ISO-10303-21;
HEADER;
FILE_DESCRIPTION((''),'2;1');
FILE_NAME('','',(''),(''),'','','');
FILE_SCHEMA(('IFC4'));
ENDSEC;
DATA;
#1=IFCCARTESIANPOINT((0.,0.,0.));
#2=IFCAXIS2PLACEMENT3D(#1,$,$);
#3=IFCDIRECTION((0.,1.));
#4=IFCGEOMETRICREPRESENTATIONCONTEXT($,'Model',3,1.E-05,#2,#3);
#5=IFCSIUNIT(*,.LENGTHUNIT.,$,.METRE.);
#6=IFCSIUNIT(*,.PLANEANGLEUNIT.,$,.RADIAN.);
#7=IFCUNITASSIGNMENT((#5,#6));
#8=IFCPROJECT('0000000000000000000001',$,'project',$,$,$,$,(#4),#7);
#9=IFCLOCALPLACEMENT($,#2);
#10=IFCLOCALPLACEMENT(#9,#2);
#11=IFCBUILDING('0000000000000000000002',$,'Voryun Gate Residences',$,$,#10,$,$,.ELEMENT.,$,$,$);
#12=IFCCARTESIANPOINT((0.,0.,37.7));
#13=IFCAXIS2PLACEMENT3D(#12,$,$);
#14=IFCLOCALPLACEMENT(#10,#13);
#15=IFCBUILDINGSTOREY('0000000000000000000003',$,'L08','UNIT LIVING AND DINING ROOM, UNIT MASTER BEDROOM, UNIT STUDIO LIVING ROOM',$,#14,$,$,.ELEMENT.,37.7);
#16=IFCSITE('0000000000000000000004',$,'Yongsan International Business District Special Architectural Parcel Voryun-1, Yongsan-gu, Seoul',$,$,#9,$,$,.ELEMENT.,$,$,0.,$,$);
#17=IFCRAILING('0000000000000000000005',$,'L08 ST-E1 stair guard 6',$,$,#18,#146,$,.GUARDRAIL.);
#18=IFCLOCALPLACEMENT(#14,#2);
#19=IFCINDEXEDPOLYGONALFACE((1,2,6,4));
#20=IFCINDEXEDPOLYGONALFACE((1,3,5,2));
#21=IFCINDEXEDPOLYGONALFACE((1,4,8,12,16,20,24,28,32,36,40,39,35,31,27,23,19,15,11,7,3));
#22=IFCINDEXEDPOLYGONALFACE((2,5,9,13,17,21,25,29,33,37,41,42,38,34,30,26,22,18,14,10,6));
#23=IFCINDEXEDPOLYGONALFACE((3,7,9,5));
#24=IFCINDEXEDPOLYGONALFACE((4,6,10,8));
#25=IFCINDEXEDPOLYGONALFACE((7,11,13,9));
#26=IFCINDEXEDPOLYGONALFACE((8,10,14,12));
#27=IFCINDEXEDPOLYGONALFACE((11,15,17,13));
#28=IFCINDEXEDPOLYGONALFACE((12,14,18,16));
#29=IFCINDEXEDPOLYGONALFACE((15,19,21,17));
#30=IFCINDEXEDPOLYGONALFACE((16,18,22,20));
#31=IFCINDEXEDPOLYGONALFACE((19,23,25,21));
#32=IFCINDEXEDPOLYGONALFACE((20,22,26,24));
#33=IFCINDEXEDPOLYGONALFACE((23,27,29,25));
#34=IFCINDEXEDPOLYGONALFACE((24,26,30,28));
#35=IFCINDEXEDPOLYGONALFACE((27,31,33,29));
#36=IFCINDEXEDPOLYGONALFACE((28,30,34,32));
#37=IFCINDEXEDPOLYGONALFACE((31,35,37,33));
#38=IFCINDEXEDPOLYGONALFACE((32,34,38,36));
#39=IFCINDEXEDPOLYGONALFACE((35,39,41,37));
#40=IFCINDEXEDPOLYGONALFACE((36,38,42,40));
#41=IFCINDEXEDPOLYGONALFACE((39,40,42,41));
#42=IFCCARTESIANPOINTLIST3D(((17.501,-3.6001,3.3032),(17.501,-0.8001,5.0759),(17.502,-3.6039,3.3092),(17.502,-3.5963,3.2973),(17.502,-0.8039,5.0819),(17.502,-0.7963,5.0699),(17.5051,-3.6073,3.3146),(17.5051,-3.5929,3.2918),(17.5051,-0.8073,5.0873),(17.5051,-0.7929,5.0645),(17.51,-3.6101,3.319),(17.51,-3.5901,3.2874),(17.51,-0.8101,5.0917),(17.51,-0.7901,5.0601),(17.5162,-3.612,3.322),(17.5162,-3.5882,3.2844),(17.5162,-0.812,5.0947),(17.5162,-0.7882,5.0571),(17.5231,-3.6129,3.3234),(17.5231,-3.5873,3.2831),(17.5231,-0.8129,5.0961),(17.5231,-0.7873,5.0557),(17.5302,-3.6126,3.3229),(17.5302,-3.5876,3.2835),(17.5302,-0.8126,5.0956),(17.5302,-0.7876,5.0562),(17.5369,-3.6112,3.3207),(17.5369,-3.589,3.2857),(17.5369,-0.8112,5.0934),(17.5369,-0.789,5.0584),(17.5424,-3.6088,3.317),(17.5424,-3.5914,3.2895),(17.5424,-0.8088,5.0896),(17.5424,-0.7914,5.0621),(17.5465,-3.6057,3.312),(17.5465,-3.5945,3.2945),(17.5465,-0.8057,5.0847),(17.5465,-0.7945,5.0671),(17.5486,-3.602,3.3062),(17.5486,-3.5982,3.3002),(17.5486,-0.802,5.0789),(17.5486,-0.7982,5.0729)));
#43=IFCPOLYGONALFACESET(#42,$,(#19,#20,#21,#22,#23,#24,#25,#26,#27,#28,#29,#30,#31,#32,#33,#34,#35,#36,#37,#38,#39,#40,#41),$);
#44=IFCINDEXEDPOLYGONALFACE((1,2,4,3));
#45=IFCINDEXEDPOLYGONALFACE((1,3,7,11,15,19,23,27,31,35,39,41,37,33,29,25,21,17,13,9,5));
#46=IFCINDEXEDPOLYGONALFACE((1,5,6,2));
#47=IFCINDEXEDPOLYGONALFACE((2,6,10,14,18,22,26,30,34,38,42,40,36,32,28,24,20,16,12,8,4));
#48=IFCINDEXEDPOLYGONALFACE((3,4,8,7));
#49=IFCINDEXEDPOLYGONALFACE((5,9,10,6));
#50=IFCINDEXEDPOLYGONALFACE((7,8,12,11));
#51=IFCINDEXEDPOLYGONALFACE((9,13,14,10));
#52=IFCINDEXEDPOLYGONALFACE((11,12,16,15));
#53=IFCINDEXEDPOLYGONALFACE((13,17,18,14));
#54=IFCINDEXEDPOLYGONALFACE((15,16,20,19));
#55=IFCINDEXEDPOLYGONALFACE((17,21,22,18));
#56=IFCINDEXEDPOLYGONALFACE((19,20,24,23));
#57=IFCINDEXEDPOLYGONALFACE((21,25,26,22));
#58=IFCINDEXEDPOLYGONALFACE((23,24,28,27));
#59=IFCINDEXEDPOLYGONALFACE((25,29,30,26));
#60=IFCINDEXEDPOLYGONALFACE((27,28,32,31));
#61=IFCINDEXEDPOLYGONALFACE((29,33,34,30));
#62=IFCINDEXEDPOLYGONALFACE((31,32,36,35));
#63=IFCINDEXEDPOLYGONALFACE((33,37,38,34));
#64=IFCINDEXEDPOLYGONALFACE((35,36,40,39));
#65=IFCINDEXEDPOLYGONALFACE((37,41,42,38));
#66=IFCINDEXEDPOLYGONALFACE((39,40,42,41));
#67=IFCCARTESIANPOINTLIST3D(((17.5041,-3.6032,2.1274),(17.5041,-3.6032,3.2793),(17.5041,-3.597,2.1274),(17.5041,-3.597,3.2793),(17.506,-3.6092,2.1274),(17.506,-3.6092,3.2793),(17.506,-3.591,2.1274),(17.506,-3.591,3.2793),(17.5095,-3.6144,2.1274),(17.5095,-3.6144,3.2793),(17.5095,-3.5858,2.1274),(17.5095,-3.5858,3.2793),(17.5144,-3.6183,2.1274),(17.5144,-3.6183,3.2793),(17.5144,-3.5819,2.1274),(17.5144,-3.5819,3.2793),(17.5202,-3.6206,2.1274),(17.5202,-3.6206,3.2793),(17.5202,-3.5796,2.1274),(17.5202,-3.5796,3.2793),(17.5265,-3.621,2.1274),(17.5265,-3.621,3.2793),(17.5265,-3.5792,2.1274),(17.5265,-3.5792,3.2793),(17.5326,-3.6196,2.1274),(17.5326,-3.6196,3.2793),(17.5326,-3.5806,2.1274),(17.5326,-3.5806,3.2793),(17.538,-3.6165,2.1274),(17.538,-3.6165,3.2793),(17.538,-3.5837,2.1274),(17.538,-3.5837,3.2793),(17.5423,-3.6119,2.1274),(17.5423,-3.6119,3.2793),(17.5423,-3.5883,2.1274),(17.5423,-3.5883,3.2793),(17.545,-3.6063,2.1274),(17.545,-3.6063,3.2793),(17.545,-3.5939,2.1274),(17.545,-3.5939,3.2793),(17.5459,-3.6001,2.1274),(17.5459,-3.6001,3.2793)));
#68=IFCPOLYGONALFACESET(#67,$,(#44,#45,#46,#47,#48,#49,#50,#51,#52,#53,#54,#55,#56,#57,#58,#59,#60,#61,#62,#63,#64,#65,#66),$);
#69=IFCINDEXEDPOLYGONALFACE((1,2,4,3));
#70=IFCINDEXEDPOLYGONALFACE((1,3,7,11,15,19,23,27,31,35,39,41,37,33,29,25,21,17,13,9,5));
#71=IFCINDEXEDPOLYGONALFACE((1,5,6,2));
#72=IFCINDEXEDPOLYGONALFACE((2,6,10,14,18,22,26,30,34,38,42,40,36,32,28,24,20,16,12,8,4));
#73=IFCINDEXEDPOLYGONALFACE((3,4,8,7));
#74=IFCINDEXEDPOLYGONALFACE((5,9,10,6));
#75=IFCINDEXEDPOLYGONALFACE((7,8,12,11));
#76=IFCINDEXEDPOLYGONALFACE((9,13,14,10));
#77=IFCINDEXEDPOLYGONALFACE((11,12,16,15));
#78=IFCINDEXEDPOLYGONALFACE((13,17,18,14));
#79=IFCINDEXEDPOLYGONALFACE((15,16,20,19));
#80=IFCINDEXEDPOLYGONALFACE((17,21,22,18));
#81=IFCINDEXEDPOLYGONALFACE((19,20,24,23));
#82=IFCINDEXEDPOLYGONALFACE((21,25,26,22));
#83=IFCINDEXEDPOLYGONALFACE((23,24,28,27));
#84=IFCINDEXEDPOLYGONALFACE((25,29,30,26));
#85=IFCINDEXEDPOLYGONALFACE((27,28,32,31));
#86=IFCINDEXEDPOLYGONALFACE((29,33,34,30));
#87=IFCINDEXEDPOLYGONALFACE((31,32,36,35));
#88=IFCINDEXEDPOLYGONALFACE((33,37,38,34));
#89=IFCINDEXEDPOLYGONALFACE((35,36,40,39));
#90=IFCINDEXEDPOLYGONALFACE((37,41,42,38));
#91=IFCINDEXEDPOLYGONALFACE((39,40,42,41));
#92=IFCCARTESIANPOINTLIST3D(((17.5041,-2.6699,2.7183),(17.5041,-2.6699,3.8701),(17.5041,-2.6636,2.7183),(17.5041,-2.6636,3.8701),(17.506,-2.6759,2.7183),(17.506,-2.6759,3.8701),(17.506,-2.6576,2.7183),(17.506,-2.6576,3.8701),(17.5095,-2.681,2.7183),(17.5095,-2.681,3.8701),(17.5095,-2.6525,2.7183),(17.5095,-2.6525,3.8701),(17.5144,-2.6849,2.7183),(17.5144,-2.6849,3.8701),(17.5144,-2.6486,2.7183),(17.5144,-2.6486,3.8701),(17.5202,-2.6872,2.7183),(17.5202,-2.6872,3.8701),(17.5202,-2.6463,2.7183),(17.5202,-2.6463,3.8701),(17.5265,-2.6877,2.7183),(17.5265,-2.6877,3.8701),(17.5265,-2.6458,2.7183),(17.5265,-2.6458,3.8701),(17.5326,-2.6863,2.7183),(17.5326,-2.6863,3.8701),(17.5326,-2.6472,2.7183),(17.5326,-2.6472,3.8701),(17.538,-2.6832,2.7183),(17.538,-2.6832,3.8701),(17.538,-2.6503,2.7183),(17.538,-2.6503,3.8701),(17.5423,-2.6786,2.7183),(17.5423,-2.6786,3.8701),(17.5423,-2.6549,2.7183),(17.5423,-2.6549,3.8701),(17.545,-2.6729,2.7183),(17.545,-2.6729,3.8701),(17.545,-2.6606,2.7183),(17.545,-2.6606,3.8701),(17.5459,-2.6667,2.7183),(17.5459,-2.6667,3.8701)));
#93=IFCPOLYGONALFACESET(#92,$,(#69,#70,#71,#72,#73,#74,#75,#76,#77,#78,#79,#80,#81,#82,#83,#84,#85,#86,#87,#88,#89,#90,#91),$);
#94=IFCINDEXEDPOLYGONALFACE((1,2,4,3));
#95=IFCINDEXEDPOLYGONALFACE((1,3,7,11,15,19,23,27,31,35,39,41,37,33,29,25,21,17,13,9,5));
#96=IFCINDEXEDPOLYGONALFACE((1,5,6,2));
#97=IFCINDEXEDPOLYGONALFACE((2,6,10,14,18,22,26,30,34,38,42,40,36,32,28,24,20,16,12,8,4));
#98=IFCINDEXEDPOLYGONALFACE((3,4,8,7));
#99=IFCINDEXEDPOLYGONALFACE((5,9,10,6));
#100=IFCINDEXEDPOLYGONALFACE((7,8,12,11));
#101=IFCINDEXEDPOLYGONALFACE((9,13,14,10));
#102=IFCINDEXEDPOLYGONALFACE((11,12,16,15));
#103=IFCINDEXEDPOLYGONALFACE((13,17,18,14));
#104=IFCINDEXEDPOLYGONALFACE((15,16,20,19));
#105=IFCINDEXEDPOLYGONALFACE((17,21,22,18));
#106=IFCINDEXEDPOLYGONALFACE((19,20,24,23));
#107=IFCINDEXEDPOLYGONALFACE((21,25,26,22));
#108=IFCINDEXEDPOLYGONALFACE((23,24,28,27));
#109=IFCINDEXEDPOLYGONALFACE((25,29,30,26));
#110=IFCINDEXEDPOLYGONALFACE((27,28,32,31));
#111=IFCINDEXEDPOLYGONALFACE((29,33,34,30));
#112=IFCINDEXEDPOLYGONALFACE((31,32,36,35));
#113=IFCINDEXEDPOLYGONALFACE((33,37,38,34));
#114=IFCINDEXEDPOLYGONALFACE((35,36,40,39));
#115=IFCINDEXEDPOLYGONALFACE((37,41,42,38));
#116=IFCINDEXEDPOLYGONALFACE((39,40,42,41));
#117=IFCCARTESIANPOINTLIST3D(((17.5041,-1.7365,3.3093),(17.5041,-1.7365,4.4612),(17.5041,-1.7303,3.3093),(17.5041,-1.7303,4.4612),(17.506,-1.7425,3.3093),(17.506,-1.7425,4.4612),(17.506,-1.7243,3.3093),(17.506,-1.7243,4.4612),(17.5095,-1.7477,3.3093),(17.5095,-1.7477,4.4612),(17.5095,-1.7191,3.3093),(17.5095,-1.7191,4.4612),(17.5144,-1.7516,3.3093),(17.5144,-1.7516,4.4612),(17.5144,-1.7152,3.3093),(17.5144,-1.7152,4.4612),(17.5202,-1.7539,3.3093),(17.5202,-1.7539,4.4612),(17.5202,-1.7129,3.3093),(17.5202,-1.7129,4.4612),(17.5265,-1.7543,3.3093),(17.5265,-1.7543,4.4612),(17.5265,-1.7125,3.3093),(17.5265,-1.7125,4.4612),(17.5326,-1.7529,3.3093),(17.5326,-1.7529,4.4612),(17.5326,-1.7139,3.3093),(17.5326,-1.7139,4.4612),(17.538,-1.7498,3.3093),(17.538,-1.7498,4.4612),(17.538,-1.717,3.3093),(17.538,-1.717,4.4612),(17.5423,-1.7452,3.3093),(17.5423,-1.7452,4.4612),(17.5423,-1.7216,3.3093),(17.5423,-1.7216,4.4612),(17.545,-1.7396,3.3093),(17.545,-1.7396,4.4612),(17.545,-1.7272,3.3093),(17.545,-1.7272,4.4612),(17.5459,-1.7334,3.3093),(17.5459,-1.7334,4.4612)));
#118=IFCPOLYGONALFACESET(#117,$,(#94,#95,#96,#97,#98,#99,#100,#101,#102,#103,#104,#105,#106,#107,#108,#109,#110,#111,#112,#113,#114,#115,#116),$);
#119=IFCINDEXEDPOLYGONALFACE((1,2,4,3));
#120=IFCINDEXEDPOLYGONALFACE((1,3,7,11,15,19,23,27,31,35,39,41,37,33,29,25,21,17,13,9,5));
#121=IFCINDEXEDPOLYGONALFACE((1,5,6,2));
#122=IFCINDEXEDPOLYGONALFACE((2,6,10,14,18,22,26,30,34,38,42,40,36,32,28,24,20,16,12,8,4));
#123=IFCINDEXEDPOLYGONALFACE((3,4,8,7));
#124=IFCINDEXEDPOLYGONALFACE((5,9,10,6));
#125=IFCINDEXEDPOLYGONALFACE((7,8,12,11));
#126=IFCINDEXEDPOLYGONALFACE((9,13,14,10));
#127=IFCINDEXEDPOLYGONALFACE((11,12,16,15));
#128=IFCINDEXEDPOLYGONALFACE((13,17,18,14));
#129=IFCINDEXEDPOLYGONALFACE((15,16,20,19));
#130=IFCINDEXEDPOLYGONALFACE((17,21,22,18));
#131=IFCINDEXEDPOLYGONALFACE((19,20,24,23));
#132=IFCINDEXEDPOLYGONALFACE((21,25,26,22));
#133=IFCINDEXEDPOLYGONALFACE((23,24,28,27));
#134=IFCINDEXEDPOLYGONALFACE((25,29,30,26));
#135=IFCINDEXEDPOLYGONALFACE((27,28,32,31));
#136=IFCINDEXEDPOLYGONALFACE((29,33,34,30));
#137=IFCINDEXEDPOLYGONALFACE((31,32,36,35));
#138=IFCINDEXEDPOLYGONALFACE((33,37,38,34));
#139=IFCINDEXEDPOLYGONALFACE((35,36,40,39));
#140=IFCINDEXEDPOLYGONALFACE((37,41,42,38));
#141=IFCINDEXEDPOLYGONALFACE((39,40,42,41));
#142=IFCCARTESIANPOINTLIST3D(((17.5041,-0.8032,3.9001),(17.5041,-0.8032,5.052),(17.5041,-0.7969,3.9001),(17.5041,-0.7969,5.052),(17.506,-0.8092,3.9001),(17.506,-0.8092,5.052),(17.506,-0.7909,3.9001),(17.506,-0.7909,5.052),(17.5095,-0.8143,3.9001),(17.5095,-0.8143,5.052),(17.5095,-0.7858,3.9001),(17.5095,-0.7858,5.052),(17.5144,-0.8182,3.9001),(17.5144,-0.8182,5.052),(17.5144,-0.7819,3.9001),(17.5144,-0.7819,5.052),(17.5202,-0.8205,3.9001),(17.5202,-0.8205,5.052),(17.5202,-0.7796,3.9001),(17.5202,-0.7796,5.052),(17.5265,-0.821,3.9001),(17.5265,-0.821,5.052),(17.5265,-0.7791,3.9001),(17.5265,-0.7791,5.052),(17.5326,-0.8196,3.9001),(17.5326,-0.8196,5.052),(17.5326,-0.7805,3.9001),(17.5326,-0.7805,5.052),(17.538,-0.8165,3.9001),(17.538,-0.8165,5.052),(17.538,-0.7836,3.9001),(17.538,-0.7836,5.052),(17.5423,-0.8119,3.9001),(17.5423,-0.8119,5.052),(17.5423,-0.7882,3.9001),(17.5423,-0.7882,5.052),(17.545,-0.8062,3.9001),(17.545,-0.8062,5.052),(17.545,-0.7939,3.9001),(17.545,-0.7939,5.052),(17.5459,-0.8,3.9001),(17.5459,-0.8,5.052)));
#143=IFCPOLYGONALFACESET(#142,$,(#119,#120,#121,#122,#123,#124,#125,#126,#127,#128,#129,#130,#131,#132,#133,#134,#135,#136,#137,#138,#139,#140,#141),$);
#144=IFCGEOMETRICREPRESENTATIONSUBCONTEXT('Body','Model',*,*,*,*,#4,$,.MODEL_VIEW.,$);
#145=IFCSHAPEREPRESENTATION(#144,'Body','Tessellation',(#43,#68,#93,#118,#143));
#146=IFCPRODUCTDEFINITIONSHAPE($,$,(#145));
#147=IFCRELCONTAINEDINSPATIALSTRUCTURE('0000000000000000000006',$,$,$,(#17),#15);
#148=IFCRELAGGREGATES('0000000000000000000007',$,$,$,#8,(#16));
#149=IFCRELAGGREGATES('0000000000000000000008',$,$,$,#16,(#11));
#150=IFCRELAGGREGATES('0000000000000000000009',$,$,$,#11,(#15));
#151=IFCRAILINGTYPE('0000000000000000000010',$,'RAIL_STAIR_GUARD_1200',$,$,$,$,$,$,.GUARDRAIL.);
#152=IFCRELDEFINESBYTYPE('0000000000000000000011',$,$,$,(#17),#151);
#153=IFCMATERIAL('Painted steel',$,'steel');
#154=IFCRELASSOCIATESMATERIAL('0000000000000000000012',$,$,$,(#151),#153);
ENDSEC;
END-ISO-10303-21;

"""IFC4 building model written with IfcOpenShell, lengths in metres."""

from ifc_helpers import new_model, si_unit, direction, frame, origin, origin_2d, place, context, subcontext, project, spatial, circle, extrude, material, type_object, element, save


model = new_model("IFC4")

# Units and contexts
model_context = context("Model", 3, precision=1e-05, world=origin(), true_north=direction((0.0, 1.0)))
body_context = subcontext(model_context, "Body", "Model", "MODEL_VIEW")
ifc_project = project(units=[si_unit("LENGTHUNIT", "METRE"), si_unit("PLANEANGLEUNIT", "RADIAN")], contexts=[model_context])

# Site, building, storey
site_placement = place(None, origin())
site = spatial("IfcSite", under=ifc_project, at=site_placement, Name="Yongsan International Business District Special Architectural Parcel Voryun-1, Yongsan-gu, Seoul", CompositionType="ELEMENT", RefElevation=0.0)
building_placement = place(site_placement, origin())
building = spatial("IfcBuilding", under=site, at=building_placement, Name="Voryun Gate Residences", CompositionType="ELEMENT")
storey_placement = place(building_placement, frame((0.0, 0.0, 37.7)))
storey = spatial("IfcBuildingStorey", under=building, at=storey_placement, Name="L08", Description="UNIT LIVING AND DINING ROOM, UNIT MASTER BEDROOM, UNIT STUDIO LIVING ROOM", CompositionType="ELEMENT", Elevation=37.7)

# Railing
ifc_material_1 = material(Name="Painted steel", Category="steel")
railing_type_1 = type_object("IfcRailingType", Name="RAIL_STAIR_GUARD_1200", PredefinedType="GUARDRAIL", material=ifc_material_1)
railing_1_placement = place(storey_placement, frame((17.5249, -3.6001, 2.1274)))
element("IfcRailing", 1, at=railing_1_placement, inside=storey, type_object=railing_type_1, Name="L08 ST-E1 stair guard 6", PredefinedType="GUARDRAIL", context=body_context, shape_type="SweptSolid", body=[
    extrude(circle(Radius=0.0239, at=origin_2d()), frame((0.0, 0.0, 1.1758), z_axis=(0.0, 0.844909, 0.53491), x_axis=(-1.0, 0.0, 0.0)), (0.0, 0.0, 1.0), 3.314),
    extrude(circle(Radius=0.021, at=origin_2d()), origin(), (0.0, 0.0, 1.0), 1.1519),
    extrude(circle(Radius=0.021, at=origin_2d()), frame((0.0, 0.9333, 0.5908)), (0.0, 0.0, 1.0), 1.1519),
    extrude(circle(Radius=0.021, at=origin_2d()), frame((0.0, 1.8667, 1.1819)), (0.0, 0.0, 1.0), 1.1519),
    extrude(circle(Radius=0.021, at=origin_2d()), frame((0.0, 2.8, 1.7727)), (0.0, 0.0, 1.0), 1.1519),
])

save(model, "model.ifc")
